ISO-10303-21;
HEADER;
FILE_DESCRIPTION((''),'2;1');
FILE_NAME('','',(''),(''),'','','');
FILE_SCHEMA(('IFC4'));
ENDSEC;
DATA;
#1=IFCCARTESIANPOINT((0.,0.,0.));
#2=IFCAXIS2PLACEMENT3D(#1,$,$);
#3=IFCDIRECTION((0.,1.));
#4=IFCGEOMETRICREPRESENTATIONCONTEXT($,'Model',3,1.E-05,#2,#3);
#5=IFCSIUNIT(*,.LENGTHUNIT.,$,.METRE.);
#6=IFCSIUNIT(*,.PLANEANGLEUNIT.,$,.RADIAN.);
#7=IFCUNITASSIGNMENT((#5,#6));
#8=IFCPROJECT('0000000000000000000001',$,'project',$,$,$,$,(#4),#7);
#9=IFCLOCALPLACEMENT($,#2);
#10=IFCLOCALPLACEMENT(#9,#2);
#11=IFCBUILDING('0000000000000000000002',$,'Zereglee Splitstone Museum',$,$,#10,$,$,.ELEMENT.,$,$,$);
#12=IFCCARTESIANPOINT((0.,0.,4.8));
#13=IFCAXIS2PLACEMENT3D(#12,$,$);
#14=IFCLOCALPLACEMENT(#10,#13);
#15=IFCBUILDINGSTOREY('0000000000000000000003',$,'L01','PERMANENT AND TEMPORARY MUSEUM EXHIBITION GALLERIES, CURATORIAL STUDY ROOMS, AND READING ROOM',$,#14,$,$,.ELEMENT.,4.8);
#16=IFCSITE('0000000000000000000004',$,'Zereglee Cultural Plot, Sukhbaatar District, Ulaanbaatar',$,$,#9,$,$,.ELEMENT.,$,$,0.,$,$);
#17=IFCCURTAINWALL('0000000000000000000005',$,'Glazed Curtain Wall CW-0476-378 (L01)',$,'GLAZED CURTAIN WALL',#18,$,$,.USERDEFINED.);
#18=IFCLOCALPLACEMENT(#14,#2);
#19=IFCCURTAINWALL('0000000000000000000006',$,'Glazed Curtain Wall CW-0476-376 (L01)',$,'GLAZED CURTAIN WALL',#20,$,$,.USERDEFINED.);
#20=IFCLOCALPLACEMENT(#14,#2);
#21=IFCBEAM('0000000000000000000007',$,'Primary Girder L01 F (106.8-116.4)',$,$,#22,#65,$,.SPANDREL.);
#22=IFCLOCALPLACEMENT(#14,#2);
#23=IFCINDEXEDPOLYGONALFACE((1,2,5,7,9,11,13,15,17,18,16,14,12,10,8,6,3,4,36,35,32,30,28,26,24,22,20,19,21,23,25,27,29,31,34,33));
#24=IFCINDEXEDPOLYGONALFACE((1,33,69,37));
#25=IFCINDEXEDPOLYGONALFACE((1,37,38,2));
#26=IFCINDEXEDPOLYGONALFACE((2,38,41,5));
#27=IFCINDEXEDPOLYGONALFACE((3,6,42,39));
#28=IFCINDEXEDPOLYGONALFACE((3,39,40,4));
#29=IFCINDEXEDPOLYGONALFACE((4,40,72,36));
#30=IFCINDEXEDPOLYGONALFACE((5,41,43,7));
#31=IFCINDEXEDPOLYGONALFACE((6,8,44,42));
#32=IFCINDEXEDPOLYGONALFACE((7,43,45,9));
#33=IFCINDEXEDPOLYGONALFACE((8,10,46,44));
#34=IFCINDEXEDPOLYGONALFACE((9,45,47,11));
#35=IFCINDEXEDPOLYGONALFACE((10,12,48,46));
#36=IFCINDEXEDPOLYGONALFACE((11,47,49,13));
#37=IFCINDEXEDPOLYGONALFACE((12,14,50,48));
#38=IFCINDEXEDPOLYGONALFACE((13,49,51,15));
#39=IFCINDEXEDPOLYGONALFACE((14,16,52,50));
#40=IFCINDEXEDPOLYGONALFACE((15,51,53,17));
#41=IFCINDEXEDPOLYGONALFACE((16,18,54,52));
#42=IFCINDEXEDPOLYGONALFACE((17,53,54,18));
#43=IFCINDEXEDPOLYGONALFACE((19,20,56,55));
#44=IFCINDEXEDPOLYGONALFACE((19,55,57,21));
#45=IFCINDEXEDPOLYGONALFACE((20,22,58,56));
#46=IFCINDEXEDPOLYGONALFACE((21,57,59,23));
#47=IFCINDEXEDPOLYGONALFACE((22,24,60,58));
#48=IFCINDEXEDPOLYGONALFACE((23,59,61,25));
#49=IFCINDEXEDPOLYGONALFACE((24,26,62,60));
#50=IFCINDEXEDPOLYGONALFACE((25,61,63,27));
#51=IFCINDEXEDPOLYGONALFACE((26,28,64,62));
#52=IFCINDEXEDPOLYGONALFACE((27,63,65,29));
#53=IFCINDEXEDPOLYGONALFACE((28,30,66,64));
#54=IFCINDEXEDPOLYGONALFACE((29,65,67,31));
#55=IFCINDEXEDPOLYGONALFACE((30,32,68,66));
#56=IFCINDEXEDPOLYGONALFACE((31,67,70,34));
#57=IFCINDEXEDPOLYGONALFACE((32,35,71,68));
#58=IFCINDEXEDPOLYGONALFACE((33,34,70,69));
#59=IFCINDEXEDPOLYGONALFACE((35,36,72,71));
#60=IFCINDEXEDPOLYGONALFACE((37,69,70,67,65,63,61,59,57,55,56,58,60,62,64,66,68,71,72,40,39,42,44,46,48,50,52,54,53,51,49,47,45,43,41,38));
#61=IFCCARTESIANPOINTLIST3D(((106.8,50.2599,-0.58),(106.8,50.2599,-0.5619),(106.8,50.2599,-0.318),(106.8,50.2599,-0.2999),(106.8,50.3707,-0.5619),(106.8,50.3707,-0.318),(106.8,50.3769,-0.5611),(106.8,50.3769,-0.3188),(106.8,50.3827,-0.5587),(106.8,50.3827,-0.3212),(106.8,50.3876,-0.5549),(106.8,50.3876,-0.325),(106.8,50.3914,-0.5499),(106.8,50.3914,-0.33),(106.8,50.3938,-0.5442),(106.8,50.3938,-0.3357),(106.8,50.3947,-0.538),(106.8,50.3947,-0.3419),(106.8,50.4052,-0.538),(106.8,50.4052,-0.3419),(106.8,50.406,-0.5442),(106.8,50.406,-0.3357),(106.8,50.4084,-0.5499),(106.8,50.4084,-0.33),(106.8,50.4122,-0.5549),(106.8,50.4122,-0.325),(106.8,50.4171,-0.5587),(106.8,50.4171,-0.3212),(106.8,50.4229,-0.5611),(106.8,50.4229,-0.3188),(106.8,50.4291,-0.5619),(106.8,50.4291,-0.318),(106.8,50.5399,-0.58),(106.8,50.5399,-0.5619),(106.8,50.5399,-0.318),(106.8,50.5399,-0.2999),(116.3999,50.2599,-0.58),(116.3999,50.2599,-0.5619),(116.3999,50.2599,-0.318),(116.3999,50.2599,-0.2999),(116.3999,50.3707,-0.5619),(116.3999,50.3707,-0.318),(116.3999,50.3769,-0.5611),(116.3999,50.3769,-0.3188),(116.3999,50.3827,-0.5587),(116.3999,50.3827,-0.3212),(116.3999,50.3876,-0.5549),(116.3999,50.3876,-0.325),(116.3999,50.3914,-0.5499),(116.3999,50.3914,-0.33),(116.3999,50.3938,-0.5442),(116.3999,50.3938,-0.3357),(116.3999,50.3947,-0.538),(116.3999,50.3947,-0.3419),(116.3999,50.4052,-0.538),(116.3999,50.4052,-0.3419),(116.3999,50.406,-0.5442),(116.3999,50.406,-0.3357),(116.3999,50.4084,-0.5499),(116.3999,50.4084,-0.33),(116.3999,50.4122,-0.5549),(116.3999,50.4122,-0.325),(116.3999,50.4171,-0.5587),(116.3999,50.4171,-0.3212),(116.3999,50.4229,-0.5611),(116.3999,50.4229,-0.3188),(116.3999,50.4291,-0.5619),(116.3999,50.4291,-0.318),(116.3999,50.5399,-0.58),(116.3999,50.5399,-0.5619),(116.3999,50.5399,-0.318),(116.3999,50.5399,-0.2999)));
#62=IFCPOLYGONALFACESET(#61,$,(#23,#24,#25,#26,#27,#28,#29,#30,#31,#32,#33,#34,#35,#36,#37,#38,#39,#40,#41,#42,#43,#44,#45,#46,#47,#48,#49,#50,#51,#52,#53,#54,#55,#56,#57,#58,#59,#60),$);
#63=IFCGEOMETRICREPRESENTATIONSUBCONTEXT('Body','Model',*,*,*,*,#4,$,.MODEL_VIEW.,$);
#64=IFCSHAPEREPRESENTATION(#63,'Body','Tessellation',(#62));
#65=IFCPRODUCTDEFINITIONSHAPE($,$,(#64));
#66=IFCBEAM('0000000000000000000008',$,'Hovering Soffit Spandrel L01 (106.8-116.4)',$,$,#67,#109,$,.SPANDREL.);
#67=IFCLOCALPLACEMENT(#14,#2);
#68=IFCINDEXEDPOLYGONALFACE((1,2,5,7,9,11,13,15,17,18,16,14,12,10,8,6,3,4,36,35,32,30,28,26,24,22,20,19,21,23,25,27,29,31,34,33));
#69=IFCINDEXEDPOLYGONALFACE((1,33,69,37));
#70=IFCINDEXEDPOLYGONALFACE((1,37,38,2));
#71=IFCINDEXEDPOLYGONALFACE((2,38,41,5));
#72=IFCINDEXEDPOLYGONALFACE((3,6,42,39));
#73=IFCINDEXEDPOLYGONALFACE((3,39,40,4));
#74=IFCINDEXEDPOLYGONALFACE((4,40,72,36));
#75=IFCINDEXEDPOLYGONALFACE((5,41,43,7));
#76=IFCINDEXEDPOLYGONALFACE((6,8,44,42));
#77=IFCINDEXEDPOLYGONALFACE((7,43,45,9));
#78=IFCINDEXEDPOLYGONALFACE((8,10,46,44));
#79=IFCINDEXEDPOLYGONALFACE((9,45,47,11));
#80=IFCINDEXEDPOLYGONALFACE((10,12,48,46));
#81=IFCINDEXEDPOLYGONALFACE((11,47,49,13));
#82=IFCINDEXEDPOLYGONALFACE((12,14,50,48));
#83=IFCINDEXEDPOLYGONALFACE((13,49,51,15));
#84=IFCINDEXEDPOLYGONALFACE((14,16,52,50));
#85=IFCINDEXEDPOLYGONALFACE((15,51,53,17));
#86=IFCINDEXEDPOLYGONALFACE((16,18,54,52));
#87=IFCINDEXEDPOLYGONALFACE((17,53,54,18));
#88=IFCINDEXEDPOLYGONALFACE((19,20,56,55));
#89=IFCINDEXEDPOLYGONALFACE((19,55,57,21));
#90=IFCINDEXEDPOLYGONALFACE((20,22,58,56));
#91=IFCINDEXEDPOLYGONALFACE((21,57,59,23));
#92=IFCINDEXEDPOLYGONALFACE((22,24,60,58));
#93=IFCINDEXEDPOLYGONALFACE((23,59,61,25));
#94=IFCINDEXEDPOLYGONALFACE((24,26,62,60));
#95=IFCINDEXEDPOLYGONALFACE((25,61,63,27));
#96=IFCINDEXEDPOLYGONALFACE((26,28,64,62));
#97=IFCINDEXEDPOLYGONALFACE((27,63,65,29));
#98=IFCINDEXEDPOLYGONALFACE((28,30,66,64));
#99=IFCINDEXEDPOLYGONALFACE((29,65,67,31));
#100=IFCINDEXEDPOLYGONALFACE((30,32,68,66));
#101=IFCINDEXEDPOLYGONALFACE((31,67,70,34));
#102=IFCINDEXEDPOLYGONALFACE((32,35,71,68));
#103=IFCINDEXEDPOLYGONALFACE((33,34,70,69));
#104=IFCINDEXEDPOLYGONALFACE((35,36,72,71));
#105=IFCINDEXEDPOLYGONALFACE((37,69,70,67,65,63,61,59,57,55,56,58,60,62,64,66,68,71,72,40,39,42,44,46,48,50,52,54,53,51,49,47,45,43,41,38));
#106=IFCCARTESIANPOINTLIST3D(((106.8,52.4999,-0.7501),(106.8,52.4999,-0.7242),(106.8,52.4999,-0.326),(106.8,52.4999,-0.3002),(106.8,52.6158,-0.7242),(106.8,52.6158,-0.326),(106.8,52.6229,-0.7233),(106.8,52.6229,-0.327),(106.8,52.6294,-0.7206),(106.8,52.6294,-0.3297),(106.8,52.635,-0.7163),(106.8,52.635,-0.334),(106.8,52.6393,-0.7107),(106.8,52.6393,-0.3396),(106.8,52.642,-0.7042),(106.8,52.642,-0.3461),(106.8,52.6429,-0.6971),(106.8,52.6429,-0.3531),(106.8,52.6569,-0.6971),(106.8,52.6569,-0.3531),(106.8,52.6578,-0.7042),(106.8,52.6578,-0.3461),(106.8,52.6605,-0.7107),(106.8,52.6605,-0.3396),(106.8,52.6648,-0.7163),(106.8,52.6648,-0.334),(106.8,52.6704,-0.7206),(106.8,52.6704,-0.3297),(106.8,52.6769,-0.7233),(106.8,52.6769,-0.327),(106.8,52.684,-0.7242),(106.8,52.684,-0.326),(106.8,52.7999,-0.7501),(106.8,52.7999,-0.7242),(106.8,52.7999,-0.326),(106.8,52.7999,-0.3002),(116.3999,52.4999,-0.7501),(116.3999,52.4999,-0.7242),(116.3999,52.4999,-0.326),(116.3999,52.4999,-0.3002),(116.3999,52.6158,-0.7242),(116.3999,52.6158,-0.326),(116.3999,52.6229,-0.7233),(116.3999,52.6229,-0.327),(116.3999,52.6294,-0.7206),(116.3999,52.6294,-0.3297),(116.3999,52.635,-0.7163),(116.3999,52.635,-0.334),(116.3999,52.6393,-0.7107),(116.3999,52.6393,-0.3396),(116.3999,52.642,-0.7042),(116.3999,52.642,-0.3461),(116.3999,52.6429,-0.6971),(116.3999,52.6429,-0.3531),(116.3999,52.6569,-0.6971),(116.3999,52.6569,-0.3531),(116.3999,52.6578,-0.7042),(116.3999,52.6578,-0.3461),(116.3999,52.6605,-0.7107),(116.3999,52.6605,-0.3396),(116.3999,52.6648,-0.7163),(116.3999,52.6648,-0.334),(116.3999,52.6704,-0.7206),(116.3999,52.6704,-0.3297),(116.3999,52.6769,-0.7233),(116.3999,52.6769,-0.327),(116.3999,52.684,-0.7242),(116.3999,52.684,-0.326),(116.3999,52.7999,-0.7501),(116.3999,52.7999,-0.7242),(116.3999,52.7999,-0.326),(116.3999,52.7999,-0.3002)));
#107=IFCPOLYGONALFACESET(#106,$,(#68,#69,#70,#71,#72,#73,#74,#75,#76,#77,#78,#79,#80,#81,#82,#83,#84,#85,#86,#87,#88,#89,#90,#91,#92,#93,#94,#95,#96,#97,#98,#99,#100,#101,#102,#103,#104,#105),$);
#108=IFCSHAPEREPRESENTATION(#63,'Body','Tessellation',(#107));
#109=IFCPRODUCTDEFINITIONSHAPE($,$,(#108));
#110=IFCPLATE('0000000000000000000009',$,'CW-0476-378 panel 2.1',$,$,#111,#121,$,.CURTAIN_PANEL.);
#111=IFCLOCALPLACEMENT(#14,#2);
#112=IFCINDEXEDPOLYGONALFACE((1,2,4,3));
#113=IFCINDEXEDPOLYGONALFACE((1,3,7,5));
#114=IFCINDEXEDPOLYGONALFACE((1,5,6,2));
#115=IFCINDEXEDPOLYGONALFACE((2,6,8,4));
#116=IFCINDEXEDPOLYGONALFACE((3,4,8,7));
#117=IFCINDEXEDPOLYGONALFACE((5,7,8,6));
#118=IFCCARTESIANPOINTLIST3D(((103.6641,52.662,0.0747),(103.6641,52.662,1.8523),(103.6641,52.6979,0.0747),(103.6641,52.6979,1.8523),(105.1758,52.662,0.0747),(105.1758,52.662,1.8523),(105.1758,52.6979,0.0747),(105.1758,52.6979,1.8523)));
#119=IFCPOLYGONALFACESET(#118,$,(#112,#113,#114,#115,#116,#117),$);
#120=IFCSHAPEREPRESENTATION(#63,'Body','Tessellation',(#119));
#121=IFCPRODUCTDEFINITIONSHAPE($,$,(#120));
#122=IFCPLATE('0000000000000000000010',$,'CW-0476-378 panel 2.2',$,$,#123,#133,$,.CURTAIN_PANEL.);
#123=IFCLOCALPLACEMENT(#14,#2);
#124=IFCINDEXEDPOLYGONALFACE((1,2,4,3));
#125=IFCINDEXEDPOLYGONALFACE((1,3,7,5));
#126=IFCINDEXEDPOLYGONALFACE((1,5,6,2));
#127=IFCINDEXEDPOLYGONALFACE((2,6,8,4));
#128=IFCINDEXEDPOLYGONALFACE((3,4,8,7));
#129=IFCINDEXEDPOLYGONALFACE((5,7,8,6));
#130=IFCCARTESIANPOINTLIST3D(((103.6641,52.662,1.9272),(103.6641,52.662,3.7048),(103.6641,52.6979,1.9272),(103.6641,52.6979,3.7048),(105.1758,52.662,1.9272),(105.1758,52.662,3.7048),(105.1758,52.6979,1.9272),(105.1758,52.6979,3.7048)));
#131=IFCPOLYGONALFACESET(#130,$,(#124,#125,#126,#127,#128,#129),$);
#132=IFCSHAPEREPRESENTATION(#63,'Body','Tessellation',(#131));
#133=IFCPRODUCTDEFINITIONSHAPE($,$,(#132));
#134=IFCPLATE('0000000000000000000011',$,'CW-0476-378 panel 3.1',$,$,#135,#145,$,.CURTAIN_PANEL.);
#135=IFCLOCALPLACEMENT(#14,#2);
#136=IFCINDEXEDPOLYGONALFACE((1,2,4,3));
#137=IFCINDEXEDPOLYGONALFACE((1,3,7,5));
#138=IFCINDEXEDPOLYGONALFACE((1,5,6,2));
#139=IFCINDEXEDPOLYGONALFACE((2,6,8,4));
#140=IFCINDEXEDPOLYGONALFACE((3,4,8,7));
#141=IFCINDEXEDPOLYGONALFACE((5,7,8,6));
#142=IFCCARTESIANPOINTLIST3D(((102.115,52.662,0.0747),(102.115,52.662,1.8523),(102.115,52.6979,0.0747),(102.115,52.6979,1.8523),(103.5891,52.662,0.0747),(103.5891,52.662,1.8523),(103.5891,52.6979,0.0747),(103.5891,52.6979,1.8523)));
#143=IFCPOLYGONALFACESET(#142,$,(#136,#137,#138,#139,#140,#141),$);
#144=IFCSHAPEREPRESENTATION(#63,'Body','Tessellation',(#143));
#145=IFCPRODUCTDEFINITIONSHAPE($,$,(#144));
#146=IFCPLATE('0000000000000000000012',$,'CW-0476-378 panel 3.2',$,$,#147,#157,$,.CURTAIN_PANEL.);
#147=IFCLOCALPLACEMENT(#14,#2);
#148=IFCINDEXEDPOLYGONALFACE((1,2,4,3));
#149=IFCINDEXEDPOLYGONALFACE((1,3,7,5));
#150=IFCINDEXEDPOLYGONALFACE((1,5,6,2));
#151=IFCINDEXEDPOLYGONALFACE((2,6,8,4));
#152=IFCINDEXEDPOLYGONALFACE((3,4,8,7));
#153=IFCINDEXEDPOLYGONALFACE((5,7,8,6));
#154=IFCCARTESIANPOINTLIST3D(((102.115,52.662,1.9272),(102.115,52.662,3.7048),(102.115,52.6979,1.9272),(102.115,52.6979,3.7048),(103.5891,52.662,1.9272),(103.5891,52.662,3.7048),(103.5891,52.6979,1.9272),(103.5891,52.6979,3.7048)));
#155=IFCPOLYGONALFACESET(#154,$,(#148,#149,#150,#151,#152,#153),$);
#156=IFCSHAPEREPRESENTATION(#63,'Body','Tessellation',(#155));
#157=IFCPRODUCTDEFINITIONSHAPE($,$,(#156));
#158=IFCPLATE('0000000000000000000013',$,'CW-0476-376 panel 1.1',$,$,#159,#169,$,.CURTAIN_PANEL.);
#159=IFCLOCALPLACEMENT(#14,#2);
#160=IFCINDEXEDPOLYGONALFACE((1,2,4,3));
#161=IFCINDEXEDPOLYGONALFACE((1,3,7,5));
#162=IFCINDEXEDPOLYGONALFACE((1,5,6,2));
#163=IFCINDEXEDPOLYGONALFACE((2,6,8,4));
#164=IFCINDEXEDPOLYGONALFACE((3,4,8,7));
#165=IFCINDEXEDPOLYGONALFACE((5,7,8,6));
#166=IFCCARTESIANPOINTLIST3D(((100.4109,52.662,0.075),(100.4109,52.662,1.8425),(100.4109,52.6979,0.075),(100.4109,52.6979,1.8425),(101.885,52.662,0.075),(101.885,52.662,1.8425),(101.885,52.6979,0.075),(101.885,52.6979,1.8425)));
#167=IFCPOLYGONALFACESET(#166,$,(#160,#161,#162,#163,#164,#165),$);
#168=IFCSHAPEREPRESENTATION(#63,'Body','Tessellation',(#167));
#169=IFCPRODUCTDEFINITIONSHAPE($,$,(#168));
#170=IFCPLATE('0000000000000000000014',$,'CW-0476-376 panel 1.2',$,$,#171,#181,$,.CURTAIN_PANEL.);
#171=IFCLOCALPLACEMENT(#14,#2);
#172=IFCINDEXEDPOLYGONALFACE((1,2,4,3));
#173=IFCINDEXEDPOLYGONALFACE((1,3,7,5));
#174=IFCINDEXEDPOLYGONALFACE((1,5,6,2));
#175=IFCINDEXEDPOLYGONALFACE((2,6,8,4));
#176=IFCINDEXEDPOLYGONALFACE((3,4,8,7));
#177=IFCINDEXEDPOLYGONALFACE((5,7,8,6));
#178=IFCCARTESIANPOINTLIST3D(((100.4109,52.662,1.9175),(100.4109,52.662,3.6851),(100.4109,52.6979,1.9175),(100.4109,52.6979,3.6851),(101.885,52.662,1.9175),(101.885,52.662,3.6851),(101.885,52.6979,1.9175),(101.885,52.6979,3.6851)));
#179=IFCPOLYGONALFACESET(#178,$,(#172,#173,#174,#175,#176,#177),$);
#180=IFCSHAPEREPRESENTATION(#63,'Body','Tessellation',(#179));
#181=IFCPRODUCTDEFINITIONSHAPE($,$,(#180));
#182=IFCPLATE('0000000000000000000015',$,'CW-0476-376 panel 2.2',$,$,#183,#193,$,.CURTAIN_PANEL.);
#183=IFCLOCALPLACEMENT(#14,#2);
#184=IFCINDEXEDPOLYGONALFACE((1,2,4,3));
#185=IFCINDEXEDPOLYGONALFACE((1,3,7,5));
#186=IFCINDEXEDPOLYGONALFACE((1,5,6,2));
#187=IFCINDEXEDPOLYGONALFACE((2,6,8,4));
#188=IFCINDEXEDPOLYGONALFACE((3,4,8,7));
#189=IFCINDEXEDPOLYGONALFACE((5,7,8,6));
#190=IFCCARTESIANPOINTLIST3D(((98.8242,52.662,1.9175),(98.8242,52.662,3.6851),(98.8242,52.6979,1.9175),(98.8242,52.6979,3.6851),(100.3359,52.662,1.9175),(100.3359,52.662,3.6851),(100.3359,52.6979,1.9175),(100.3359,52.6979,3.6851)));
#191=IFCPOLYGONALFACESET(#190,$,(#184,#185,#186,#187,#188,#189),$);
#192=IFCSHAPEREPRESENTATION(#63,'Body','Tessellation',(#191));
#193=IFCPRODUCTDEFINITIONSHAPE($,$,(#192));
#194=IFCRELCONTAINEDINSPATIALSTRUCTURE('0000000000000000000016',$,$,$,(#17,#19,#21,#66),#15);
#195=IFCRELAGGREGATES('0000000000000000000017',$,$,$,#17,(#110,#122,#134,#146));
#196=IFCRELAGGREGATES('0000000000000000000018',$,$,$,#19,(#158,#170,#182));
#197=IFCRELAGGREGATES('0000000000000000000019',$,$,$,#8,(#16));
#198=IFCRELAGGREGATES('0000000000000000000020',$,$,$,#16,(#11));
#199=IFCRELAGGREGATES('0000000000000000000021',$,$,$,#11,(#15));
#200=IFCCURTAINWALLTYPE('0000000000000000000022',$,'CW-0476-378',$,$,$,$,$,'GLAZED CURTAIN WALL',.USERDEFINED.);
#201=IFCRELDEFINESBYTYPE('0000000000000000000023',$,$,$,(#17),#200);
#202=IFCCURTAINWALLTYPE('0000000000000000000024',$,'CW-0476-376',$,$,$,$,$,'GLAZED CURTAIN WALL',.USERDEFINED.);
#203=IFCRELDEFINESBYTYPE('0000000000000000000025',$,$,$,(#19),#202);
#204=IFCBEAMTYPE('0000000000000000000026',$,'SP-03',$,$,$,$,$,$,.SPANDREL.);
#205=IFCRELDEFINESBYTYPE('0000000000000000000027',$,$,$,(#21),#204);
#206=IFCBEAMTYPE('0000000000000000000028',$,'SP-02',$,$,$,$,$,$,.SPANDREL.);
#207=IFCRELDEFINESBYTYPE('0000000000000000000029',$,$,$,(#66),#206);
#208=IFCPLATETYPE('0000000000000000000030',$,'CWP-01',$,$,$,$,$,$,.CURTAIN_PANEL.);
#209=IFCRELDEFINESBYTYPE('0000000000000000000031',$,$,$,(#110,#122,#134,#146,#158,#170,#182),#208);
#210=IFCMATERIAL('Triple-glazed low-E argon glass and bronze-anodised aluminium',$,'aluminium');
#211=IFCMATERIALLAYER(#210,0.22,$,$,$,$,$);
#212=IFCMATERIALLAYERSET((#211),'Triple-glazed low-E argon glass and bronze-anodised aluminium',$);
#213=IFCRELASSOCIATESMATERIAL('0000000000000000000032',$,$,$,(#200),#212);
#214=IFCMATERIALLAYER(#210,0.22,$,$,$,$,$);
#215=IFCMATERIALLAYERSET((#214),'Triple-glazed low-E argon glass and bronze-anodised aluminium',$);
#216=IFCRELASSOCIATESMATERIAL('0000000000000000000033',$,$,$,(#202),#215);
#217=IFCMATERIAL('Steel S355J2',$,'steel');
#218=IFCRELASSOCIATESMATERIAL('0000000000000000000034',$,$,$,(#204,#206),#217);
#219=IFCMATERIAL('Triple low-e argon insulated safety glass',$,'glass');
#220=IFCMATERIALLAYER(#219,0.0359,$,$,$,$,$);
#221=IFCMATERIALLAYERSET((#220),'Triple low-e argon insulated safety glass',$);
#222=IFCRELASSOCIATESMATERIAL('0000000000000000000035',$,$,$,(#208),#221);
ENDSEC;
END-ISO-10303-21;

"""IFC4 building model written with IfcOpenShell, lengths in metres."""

from ifc_helpers import new_model, si_unit, direction, frame, origin, origin_2d, place, context, subcontext, project, spatial, rectangle, i_section, extrude, material, layer, layer_set, material_profile, profile_set, type_object, element, aggregate, save


model = new_model("IFC4")

# Units and contexts
model_context = context("Model", 3, precision=1e-05, world=origin(), true_north=direction((0.0, 1.0)))
body_context = subcontext(model_context, "Body", "Model", "MODEL_VIEW")
ifc_project = project(units=[si_unit("LENGTHUNIT", "METRE"), si_unit("PLANEANGLEUNIT", "RADIAN")], contexts=[model_context])

# Site, building, storey
site_placement = place(None, origin())
site = spatial("IfcSite", under=ifc_project, at=site_placement, Name="Zereglee Cultural Plot, Sukhbaatar District, Ulaanbaatar", CompositionType="ELEMENT", RefElevation=0.0)
building_placement = place(site_placement, origin())
building = spatial("IfcBuilding", under=site, at=building_placement, Name="Zereglee Splitstone Museum", CompositionType="ELEMENT")
storey_placement = place(building_placement, frame((0.0, 0.0, 4.8)))
storey = spatial("IfcBuildingStorey", under=building, at=storey_placement, Name="L01", Description="PERMANENT AND TEMPORARY MUSEUM EXHIBITION GALLERIES, CURATORIAL STUDY ROOMS, AND READING ROOM", CompositionType="ELEMENT", Elevation=4.8)

# Curtain walls
ifc_material_1 = material(Name="Triple-glazed low-E argon glass and bronze-anodised aluminium", Category="aluminium")
ifc_layer_1 = layer(ifc_material_1, 0.22)
ifc_layer_set_1 = layer_set([ifc_layer_1], Name="Triple-glazed low-E argon glass and bronze-anodised aluminium")
curtain_wall_type_1 = type_object("IfcCurtainWallType", Name="CW-0476-378", ElementType="GLAZED CURTAIN WALL", PredefinedType="USERDEFINED", material=ifc_layer_set_1)
curtain_wall_1_placement = place(storey_placement, origin())
curtain_wall_1 = element("IfcCurtainWall", 1, at=curtain_wall_1_placement, inside=storey, type_object=curtain_wall_type_1, Name="Glazed Curtain Wall CW-0476-378 (L01)", ObjectType="GLAZED CURTAIN WALL", PredefinedType="USERDEFINED")
ifc_layer_2 = layer(ifc_material_1, 0.22)
ifc_layer_set_2 = layer_set([ifc_layer_2], Name="Triple-glazed low-E argon glass and bronze-anodised aluminium")
curtain_wall_type_2 = type_object("IfcCurtainWallType", Name="CW-0476-376", ElementType="GLAZED CURTAIN WALL", PredefinedType="USERDEFINED", material=ifc_layer_set_2)
curtain_wall_2_placement = place(storey_placement, origin())
curtain_wall_2 = element("IfcCurtainWall", 2, at=curtain_wall_2_placement, inside=storey, type_object=curtain_wall_type_2, Name="Glazed Curtain Wall CW-0476-376 (L01)", ObjectType="GLAZED CURTAIN WALL", PredefinedType="USERDEFINED")

# Beams
ifc_material_2 = material(Name="Steel S355J2", Category="steel")
ifc_material_profile_1 = material_profile(ifc_material_2, i_section(OverallWidth=0.28, OverallDepth=0.28, WebThickness=0.0105, FlangeThickness=0.0181, FilletRadius=0.0239, at=origin_2d()), Name="HE 280 B")
ifc_profile_set_1 = profile_set([ifc_material_profile_1], Name="Steel S355J2")
beam_type_1 = type_object("IfcBeamType", Name="SP-03", PredefinedType="SPANDREL", material=ifc_profile_set_1)
beam_1_placement = place(storey_placement, frame((106.8, 50.3999, -0.4399), z_axis=(1.0, 0.0, 0.0), x_axis=(0.0, 1.0, 0.0)))
element("IfcBeam", 3, at=beam_1_placement, inside=storey, type_object=beam_type_1, Name="Primary Girder L01 F (106.8-116.4)", PredefinedType="SPANDREL", context=body_context, shape_type="SweptSolid", body=[
    extrude(i_section(OverallWidth=0.28, OverallDepth=0.28, WebThickness=0.0105, FlangeThickness=0.0181, FilletRadius=0.0239, at=origin_2d()), origin(), (0.0, 0.0, 1.0), 9.5999),
])
ifc_material_profile_2 = material_profile(ifc_material_2, i_section(OverallWidth=0.3, OverallDepth=0.45, WebThickness=0.0139, FlangeThickness=0.0259, FilletRadius=0.0271, at=origin_2d()), Name="HE 450 B")
ifc_profile_set_2 = profile_set([ifc_material_profile_2], Name="Steel S355J2")
beam_type_2 = type_object("IfcBeamType", Name="SP-02", PredefinedType="SPANDREL", material=ifc_profile_set_2)
beam_2_placement = place(storey_placement, frame((106.8, 52.6499, -0.5251), z_axis=(1.0, 0.0, 0.0), x_axis=(0.0, 1.0, 0.0)))
element("IfcBeam", 4, at=beam_2_placement, inside=storey, type_object=beam_type_2, Name="Hovering Soffit Spandrel L01 (106.8-116.4)", PredefinedType="SPANDREL", context=body_context, shape_type="SweptSolid", body=[
    extrude(i_section(OverallWidth=0.3, OverallDepth=0.45, WebThickness=0.0139, FlangeThickness=0.0259, FilletRadius=0.0271, at=origin_2d()), origin(), (0.0, 0.0, 1.0), 9.5999),
])

# Plates
ifc_material_3 = material(Name="Triple low-e argon insulated safety glass", Category="glass")
ifc_layer_3 = layer(ifc_material_3, 0.0359)
ifc_layer_set_3 = layer_set([ifc_layer_3], Name="Triple low-e argon insulated safety glass")
plate_type = type_object("IfcPlateType", Name="CWP-01", PredefinedType="CURTAIN_PANEL", material=ifc_layer_set_3)
plate_1_placement = place(storey_placement, frame((104.4199, 52.6799, 0.0747), z_axis=(0.0, 0.0, 1.0), x_axis=(-1.0, 0.0, 0.0)))
plate_1 = element("IfcPlate", 5, at=plate_1_placement, type_object=plate_type, Name="CW-0476-378 panel 2.1", PredefinedType="CURTAIN_PANEL", context=body_context, shape_type="SweptSolid", body=[
    extrude(rectangle(XDim=1.5117, YDim=0.0359, at=origin_2d()), origin(), (0.0, 0.0, 1.0), 1.7776),
])
plate_2_placement = place(storey_placement, frame((104.4199, 52.6799, 1.9272), z_axis=(0.0, 0.0, 1.0), x_axis=(-1.0, 0.0, 0.0)))
plate_2 = element("IfcPlate", 6, at=plate_2_placement, type_object=plate_type, Name="CW-0476-378 panel 2.2", PredefinedType="CURTAIN_PANEL", context=body_context, shape_type="SweptSolid", body=[
    extrude(rectangle(XDim=1.5117, YDim=0.0359, at=origin_2d()), origin(), (0.0, 0.0, 1.0), 1.7776),
])
plate_3_placement = place(storey_placement, frame((102.8521, 52.6799, 0.0747), z_axis=(0.0, 0.0, 1.0), x_axis=(-1.0, 0.0, 0.0)))
plate_3 = element("IfcPlate", 7, at=plate_3_placement, type_object=plate_type, Name="CW-0476-378 panel 3.1", PredefinedType="CURTAIN_PANEL", context=body_context, shape_type="SweptSolid", body=[
    extrude(rectangle(XDim=1.4741, YDim=0.0359, at=origin_2d()), origin(), (0.0, 0.0, 1.0), 1.7776),
])
plate_4_placement = place(storey_placement, frame((102.8521, 52.6799, 1.9272), z_axis=(0.0, 0.0, 1.0), x_axis=(-1.0, 0.0, 0.0)))
plate_4 = element("IfcPlate", 8, at=plate_4_placement, type_object=plate_type, Name="CW-0476-378 panel 3.2", PredefinedType="CURTAIN_PANEL", context=body_context, shape_type="SweptSolid", body=[
    extrude(rectangle(XDim=1.4741, YDim=0.0359, at=origin_2d()), origin(), (0.0, 0.0, 1.0), 1.7776),
])
aggregate(curtain_wall_1, [plate_1, plate_2, plate_3, plate_4])
plate_5_placement = place(storey_placement, frame((101.1479, 52.6799, 0.075), z_axis=(0.0, 0.0, 1.0), x_axis=(-1.0, 0.0, 0.0)))
plate_5 = element("IfcPlate", 9, at=plate_5_placement, type_object=plate_type, Name="CW-0476-376 panel 1.1", PredefinedType="CURTAIN_PANEL", context=body_context, shape_type="SweptSolid", body=[
    extrude(rectangle(XDim=1.4741, YDim=0.0359, at=origin_2d()), origin(), (0.0, 0.0, 1.0), 1.7676),
])
plate_6_placement = place(storey_placement, frame((101.1479, 52.6799, 1.9175), z_axis=(0.0, 0.0, 1.0), x_axis=(-1.0, 0.0, 0.0)))
plate_6 = element("IfcPlate", 10, at=plate_6_placement, type_object=plate_type, Name="CW-0476-376 panel 1.2", PredefinedType="CURTAIN_PANEL", context=body_context, shape_type="SweptSolid", body=[
    extrude(rectangle(XDim=1.4741, YDim=0.0359, at=origin_2d()), origin(), (0.0, 0.0, 1.0), 1.7676),
])
plate_7_placement = place(storey_placement, frame((99.5801, 52.6799, 1.9175), z_axis=(0.0, 0.0, 1.0), x_axis=(-1.0, 0.0, 0.0)))
plate_7 = element("IfcPlate", 11, at=plate_7_placement, type_object=plate_type, Name="CW-0476-376 panel 2.2", PredefinedType="CURTAIN_PANEL", context=body_context, shape_type="SweptSolid", body=[
    extrude(rectangle(XDim=1.5117, YDim=0.0359, at=origin_2d()), origin(), (0.0, 0.0, 1.0), 1.7676),
])
aggregate(curtain_wall_2, [plate_5, plate_6, plate_7])

save(model, "model.ifc")
